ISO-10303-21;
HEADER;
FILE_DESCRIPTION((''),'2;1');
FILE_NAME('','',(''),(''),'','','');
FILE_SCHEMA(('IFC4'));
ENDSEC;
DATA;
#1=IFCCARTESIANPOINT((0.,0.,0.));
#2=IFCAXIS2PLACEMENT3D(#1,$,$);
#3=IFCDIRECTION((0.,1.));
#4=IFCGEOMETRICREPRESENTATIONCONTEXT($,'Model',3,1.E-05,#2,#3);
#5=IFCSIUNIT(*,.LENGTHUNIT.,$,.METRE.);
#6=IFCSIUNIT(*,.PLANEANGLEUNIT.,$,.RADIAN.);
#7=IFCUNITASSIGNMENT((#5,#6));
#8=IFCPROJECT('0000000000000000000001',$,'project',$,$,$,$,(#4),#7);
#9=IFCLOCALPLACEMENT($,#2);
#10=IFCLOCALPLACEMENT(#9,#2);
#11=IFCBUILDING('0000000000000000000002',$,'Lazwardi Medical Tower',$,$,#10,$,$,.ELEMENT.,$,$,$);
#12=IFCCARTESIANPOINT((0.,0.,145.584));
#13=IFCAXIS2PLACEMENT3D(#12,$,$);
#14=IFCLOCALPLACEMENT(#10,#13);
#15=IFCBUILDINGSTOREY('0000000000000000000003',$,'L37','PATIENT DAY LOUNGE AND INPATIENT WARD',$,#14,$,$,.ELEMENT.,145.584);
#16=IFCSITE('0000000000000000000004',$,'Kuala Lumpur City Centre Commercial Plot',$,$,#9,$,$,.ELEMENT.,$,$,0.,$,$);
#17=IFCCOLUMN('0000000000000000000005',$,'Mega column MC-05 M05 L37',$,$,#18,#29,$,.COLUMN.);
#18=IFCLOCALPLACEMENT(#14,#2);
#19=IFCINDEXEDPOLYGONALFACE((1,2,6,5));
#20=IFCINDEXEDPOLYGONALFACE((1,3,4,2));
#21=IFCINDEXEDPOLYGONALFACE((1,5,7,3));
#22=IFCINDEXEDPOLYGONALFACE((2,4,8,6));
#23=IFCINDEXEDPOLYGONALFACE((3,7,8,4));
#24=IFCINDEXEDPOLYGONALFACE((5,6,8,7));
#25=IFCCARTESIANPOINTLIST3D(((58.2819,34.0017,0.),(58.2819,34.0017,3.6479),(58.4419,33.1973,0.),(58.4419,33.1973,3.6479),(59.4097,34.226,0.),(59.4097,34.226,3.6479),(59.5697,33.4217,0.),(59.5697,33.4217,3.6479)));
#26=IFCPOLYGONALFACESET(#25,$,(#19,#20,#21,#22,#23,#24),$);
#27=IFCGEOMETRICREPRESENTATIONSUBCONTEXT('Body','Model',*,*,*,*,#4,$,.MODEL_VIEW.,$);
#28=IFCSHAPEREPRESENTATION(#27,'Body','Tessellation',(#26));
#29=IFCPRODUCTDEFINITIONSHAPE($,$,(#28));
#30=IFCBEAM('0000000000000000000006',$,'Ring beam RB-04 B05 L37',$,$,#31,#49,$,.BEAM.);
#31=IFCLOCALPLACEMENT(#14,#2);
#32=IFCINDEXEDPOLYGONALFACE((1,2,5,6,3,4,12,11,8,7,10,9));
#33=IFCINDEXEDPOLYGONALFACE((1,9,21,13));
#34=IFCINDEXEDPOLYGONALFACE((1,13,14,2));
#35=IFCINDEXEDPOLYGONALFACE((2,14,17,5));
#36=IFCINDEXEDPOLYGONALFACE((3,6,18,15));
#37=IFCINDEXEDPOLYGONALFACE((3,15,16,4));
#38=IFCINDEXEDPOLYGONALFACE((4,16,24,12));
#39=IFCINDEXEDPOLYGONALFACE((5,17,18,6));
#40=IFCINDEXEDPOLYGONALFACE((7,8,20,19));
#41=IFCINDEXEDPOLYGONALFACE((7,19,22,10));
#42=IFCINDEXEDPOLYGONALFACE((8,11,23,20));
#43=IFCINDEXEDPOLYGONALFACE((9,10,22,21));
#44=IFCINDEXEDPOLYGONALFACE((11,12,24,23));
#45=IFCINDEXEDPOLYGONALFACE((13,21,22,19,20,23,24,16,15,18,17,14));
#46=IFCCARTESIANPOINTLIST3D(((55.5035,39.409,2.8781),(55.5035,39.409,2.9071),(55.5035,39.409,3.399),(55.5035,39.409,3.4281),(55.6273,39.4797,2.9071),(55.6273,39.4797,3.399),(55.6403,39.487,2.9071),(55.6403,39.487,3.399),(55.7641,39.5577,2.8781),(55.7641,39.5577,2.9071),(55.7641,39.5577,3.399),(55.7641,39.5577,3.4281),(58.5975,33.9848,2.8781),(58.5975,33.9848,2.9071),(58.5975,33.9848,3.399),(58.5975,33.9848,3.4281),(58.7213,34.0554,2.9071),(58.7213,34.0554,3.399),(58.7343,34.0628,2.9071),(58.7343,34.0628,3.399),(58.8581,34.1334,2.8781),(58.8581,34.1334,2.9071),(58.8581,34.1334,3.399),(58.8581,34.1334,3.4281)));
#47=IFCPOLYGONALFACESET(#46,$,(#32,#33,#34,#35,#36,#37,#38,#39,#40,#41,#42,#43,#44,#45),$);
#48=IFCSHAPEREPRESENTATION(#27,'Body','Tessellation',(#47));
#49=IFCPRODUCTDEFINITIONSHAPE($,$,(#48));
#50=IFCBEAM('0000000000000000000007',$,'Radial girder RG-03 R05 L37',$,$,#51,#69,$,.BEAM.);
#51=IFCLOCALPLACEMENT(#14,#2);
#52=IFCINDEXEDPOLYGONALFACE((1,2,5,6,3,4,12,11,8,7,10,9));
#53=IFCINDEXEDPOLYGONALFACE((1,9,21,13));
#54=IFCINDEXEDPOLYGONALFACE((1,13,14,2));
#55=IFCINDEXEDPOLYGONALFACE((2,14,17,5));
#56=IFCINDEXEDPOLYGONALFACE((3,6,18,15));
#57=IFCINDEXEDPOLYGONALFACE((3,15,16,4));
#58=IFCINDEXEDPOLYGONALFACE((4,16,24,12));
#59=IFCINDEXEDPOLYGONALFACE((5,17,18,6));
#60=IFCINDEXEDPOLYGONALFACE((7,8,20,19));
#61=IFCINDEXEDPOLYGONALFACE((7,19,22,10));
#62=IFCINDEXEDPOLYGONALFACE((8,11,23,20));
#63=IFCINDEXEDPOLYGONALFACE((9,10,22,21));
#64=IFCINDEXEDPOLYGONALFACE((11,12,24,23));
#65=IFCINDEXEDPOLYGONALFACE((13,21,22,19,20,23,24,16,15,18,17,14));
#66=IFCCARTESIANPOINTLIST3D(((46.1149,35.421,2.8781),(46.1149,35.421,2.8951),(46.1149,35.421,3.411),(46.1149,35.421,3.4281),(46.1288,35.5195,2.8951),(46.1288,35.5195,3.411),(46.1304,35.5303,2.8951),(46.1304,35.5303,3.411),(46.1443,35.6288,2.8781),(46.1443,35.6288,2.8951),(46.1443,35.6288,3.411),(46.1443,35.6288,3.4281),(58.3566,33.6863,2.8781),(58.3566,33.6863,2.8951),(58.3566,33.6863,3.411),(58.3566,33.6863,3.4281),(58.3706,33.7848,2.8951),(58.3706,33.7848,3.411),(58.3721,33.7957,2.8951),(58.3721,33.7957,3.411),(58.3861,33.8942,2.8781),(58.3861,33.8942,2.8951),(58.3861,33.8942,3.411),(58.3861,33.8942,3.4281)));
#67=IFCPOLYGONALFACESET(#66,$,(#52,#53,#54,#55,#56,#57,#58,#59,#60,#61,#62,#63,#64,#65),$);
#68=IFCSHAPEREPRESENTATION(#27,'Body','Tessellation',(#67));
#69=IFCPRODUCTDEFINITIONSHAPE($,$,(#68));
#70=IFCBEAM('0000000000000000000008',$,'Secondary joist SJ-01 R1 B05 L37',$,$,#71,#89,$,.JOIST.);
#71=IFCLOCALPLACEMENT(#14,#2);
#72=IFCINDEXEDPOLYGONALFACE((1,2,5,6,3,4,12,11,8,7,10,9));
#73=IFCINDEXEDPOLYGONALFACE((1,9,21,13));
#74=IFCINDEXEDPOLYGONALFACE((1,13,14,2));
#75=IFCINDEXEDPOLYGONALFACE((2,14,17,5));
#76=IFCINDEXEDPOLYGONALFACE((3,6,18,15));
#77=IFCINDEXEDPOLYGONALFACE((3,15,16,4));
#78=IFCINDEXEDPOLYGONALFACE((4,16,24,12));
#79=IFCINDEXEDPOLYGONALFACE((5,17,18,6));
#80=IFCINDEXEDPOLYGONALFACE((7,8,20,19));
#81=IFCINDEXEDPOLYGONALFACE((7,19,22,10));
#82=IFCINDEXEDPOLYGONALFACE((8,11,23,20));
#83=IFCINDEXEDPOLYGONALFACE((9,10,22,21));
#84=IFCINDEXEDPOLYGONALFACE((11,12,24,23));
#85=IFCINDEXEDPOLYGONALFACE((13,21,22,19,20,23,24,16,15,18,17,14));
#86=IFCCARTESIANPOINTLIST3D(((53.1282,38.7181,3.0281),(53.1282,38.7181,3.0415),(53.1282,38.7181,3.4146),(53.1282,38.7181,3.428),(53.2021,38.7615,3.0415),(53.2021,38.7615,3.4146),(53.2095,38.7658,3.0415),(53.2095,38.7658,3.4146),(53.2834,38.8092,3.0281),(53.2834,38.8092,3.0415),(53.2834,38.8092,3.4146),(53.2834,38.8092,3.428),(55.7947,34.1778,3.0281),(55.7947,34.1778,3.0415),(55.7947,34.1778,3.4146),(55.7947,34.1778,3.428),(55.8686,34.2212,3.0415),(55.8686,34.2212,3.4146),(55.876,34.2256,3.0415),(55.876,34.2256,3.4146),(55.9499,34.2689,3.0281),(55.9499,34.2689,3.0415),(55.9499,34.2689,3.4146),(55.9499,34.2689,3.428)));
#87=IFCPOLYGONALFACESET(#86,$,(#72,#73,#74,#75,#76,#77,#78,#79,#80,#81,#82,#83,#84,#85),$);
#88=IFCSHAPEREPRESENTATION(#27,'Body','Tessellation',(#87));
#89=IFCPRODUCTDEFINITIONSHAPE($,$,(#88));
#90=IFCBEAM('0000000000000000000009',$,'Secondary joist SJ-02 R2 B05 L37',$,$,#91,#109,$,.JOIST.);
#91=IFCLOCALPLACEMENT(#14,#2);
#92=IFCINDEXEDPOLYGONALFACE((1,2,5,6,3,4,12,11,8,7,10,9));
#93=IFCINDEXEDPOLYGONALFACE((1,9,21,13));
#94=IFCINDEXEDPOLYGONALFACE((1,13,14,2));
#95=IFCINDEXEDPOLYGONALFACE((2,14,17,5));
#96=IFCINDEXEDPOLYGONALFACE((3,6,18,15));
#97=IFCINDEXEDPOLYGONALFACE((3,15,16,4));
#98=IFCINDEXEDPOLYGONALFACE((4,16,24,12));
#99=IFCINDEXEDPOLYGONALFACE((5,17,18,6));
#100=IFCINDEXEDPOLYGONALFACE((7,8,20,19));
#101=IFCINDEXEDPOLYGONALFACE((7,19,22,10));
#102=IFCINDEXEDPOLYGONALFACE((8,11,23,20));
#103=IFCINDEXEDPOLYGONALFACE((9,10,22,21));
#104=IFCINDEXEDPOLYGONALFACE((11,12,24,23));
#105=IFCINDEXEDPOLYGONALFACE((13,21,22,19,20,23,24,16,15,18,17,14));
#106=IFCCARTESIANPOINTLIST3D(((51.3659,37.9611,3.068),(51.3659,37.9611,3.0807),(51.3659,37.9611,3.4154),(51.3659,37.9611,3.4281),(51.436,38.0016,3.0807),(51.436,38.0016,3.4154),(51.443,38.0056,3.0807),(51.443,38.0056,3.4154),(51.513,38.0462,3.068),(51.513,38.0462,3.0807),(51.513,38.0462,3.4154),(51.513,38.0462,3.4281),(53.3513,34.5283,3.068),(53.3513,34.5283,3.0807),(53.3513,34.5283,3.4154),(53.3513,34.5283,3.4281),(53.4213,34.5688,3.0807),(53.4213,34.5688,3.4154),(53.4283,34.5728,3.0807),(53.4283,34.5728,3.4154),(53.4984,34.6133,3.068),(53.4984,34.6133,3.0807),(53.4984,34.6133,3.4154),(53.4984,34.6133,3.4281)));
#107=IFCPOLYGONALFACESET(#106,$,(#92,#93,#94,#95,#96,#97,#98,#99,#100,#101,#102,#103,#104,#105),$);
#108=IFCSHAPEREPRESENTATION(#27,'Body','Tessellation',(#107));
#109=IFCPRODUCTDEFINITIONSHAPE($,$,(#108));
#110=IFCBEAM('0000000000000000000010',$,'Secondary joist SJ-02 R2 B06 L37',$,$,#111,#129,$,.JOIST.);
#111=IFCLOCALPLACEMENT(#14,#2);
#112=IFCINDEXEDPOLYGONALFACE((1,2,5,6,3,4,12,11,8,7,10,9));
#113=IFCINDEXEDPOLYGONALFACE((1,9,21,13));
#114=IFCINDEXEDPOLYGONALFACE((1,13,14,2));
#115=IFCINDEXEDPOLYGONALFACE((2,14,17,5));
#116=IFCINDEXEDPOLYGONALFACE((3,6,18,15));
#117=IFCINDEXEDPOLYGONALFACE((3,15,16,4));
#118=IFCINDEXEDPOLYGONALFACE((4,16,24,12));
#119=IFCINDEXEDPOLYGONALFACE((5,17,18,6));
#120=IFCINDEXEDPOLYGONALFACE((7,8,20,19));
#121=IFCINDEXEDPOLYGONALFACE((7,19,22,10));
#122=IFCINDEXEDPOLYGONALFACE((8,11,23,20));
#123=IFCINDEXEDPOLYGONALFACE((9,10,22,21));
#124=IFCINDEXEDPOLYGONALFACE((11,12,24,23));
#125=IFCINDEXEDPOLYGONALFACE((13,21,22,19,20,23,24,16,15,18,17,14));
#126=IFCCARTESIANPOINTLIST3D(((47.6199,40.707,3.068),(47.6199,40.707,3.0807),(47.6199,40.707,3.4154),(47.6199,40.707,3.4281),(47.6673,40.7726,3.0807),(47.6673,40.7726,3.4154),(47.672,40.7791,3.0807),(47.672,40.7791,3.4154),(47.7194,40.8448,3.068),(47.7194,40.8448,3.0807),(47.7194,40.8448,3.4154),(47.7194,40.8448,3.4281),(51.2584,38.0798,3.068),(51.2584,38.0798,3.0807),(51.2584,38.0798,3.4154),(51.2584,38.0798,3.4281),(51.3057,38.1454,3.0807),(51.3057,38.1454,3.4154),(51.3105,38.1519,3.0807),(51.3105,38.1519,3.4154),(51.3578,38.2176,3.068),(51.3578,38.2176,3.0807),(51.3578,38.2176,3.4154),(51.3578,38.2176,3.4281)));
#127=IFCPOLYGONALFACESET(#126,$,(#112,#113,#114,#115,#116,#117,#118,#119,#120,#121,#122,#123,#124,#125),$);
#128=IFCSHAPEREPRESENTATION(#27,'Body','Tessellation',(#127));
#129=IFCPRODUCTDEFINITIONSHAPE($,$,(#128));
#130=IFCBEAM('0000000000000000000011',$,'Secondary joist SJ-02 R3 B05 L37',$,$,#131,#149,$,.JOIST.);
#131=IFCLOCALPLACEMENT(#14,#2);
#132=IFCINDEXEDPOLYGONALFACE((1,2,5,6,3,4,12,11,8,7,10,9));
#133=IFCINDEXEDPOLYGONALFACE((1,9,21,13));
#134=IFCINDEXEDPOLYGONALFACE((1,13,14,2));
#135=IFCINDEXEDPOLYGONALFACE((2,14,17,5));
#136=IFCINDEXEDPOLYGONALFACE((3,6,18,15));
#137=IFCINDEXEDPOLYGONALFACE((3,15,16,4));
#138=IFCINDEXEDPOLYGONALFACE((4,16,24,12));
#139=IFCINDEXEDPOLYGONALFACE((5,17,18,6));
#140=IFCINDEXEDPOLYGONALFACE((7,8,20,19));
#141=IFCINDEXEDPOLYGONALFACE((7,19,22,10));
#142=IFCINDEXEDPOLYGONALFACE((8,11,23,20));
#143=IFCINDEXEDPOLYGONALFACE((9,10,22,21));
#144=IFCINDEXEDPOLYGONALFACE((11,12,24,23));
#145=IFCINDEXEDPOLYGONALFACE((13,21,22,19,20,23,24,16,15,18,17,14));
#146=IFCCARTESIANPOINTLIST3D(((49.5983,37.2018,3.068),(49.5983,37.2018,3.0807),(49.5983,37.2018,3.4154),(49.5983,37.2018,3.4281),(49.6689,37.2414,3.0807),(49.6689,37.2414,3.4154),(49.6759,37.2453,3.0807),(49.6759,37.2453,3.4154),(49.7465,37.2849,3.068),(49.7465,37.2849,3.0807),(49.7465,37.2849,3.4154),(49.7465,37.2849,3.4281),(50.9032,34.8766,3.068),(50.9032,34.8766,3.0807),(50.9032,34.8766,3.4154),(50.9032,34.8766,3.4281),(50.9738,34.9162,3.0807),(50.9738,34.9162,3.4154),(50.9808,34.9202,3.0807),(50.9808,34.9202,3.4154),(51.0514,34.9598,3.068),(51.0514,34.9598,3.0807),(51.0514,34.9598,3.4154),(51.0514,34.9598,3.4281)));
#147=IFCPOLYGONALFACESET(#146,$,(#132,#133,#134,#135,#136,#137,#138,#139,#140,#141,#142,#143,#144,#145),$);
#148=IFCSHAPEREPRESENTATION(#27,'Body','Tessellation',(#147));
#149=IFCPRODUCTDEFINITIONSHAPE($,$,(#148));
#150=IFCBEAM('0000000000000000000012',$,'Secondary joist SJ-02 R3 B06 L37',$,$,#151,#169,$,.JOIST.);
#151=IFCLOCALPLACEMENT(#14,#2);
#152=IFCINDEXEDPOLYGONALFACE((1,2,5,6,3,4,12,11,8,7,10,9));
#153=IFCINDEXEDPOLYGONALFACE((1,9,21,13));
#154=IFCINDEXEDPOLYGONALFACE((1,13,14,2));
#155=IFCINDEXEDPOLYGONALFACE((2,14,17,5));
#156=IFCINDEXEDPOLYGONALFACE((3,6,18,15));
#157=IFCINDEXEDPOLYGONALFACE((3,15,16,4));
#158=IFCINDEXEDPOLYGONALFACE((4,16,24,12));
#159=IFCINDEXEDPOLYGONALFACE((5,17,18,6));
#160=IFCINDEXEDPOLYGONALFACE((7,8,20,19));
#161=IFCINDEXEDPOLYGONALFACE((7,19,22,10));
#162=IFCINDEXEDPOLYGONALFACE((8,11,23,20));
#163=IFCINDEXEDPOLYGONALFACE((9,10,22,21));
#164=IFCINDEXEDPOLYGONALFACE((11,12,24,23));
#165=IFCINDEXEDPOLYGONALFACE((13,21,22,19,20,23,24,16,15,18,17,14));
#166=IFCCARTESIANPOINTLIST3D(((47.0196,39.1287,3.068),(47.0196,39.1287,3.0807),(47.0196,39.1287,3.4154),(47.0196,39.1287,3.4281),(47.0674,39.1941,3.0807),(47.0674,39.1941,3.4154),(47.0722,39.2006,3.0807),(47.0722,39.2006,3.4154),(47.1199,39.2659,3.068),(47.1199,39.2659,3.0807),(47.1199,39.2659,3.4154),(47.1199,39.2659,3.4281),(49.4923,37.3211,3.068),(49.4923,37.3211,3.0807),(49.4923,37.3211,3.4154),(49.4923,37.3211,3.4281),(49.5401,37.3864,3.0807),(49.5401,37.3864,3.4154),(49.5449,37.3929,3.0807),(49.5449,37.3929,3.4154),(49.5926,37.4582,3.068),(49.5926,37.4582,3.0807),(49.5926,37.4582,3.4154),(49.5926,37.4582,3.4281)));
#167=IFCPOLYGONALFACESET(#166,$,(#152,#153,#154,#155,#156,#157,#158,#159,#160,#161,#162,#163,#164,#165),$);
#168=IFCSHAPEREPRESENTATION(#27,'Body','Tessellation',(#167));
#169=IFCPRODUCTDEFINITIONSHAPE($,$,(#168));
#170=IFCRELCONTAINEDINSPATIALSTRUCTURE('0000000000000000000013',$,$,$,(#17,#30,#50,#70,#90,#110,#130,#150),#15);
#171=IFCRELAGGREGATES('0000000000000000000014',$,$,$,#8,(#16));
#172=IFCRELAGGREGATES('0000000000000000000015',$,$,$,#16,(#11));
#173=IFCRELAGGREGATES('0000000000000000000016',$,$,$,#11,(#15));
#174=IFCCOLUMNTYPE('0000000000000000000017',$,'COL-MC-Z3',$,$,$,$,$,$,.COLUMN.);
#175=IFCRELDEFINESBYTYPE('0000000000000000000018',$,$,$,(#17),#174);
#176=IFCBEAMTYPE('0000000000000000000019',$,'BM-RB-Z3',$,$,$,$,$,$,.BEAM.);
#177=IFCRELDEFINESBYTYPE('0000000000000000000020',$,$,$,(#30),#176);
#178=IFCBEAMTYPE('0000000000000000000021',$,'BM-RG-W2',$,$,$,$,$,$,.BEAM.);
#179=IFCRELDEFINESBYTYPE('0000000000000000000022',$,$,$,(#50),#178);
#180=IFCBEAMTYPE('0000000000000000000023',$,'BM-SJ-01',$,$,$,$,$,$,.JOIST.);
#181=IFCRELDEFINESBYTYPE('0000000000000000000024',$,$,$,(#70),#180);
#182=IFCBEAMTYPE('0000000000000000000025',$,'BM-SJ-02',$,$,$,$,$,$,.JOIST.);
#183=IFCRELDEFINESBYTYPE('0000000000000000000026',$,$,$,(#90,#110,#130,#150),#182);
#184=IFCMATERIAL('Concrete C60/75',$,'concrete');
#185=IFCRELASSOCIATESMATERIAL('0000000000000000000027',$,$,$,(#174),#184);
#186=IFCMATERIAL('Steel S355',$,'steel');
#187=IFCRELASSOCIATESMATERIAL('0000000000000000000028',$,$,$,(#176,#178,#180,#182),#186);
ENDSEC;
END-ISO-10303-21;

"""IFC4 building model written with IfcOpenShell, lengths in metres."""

from ifc_helpers import new_model, si_unit, direction, frame, origin, origin_2d, place, context, subcontext, project, spatial, rectangle, i_section, extrude, material, material_profile, profile_set, type_object, element, save


model = new_model("IFC4")

# Units and contexts
model_context = context("Model", 3, precision=1e-05, world=origin(), true_north=direction((0.0, 1.0)))
body_context = subcontext(model_context, "Body", "Model", "MODEL_VIEW")
ifc_project = project(units=[si_unit("LENGTHUNIT", "METRE"), si_unit("PLANEANGLEUNIT", "RADIAN")], contexts=[model_context])

# Site, building, storey
site_placement = place(None, origin())
site = spatial("IfcSite", under=ifc_project, at=site_placement, Name="Kuala Lumpur City Centre Commercial Plot", CompositionType="ELEMENT", RefElevation=0.0)
building_placement = place(site_placement, origin())
building = spatial("IfcBuilding", under=site, at=building_placement, Name="Lazwardi Medical Tower", CompositionType="ELEMENT")
storey_placement = place(building_placement, frame((0.0, 0.0, 145.584)))
storey = spatial("IfcBuildingStorey", under=building, at=storey_placement, Name="L37", Description="PATIENT DAY LOUNGE AND INPATIENT WARD", CompositionType="ELEMENT", Elevation=145.584)

# Column
ifc_material_1 = material(Name="Concrete C60/75", Category="concrete")
ifc_material_profile_1 = material_profile(ifc_material_1, rectangle(XDim=1.1499, YDim=0.8201, at=origin_2d()), Name="CFT-RECT 1150x820")
ifc_profile_set_1 = profile_set([ifc_material_profile_1], Name="Concrete C60/75")
column_type = type_object("IfcColumnType", Name="COL-MC-Z3", PredefinedType="COLUMN", material=ifc_profile_set_1)
column_placement = place(storey_placement, frame((58.9258, 33.7117, 0.0), z_axis=(0.0, 0.0, 1.0), x_axis=(0.980785, 0.19509, 0.0)))
element("IfcColumn", 1, at=column_placement, inside=storey, type_object=column_type, Name="Mega column MC-05 M05 L37", PredefinedType="COLUMN", context=body_context, shape_type="SweptSolid", body=[
    extrude(rectangle(XDim=1.1499, YDim=0.8201, at=origin_2d()), origin(), (0.0, 0.0, 1.0), 3.6479),
])

# Beams
ifc_material_2 = material(Name="Steel S355", Category="steel")
ifc_material_profile_2 = material_profile(ifc_material_2, i_section(OverallWidth=0.3, OverallDepth=0.55, WebThickness=0.0149, FlangeThickness=0.0291, at=origin_2d()), Name="HEB 550")
ifc_profile_set_2 = profile_set([ifc_material_profile_2], Name="Steel S355")
beam_type_1 = type_object("IfcBeamType", Name="BM-RB-Z3", PredefinedType="BEAM", material=ifc_profile_set_2)
beam_1_placement = place(storey_placement, frame((58.7278, 34.0591, 3.1531), z_axis=(-0.495461, 0.86863, 0.0), x_axis=(-0.86863, -0.495461, 0.0)))
element("IfcBeam", 2, at=beam_1_placement, inside=storey, type_object=beam_type_1, Name="Ring beam RB-04 B05 L37", PredefinedType="BEAM", context=body_context, shape_type="SweptSolid", body=[
    extrude(i_section(OverallWidth=0.3, OverallDepth=0.55, WebThickness=0.0149, FlangeThickness=0.0291, at=origin_2d()), origin(), (0.0, 0.0, 1.0), 6.2446),
])
ifc_material_profile_3 = material_profile(ifc_material_2, i_section(OverallWidth=0.21, OverallDepth=0.55, WebThickness=0.011, FlangeThickness=0.0171, at=origin_2d()), Name="IPE 550")
ifc_profile_set_3 = profile_set([ifc_material_profile_3], Name="Steel S355")
beam_type_2 = type_object("IfcBeamType", Name="BM-RG-W2", PredefinedType="BEAM", material=ifc_profile_set_3)
beam_2_placement = place(storey_placement, frame((58.3713, 33.7903, 3.1531), z_axis=(-0.99011, 0.140296, 0.0), x_axis=(-0.140296, -0.99011, 0.0)))
element("IfcBeam", 3, at=beam_2_placement, inside=storey, type_object=beam_type_2, Name="Radial girder RG-03 R05 L37", PredefinedType="BEAM", context=body_context, shape_type="SweptSolid", body=[
    extrude(i_section(OverallWidth=0.21, OverallDepth=0.55, WebThickness=0.011, FlangeThickness=0.0171, at=origin_2d()), origin(), (0.0, 0.0, 1.0), 12.364),
])
ifc_material_profile_4 = material_profile(ifc_material_2, i_section(OverallWidth=0.1799, OverallDepth=0.3999, WebThickness=0.0085, FlangeThickness=0.0134, at=origin_2d()), Name="IPE 400")
ifc_profile_set_4 = profile_set([ifc_material_profile_4], Name="Steel S355")
beam_type_3 = type_object("IfcBeamType", Name="BM-SJ-01", PredefinedType="JOIST", material=ifc_profile_set_4)
beam_3_placement = place(storey_placement, frame((55.8723, 34.2234, 3.228), z_axis=(-0.50642, 0.862287, 0.0), x_axis=(-0.862287, -0.50642, 0.0)))
element("IfcBeam", 4, at=beam_3_placement, inside=storey, type_object=beam_type_3, Name="Secondary joist SJ-01 R1 B05 L37", PredefinedType="JOIST", context=body_context, shape_type="SweptSolid", body=[
    extrude(i_section(OverallWidth=0.1799, OverallDepth=0.3999, WebThickness=0.0085, FlangeThickness=0.0134, at=origin_2d()), origin(), (0.0, 0.0, 1.0), 5.2654),
])
ifc_material_profile_5 = material_profile(ifc_material_2, i_section(OverallWidth=0.1699, OverallDepth=0.3601, WebThickness=0.0081, FlangeThickness=0.0127, at=origin_2d()), Name="IPE 360")
ifc_profile_set_5 = profile_set([ifc_material_profile_5], Name="Steel S355")
beam_type_4 = type_object("IfcBeamType", Name="BM-SJ-02", PredefinedType="JOIST", material=ifc_profile_set_5)
beam_4_placement = place(storey_placement, frame((53.4248, 34.5708, 3.248), z_axis=(-0.500641, 0.865655, 0.0), x_axis=(-0.865655, -0.500641, 0.0)))
element("IfcBeam", 5, at=beam_4_placement, inside=storey, type_object=beam_type_4, Name="Secondary joist SJ-02 R2 B05 L37", PredefinedType="JOIST", context=body_context, shape_type="SweptSolid", body=[
    extrude(i_section(OverallWidth=0.1699, OverallDepth=0.3601, WebThickness=0.0081, FlangeThickness=0.0127, at=origin_2d()), origin(), (0.0, 0.0, 1.0), 3.9656),
])
beam_5_placement = place(storey_placement, frame((51.3081, 38.1487, 3.248), z_axis=(-0.810738, 0.585409, 0.0), x_axis=(-0.585409, -0.810738, 0.0)))
element("IfcBeam", 6, at=beam_5_placement, inside=storey, type_object=beam_type_4, Name="Secondary joist SJ-02 R2 B06 L37", PredefinedType="JOIST", context=body_context, shape_type="SweptSolid", body=[
    extrude(i_section(OverallWidth=0.1699, OverallDepth=0.3601, WebThickness=0.0081, FlangeThickness=0.0127, at=origin_2d()), origin(), (0.0, 0.0, 1.0), 4.4878),
])
beam_6_placement = place(storey_placement, frame((50.9773, 34.9182, 3.248), z_axis=(-0.489409, 0.872054, 0.0), x_axis=(-0.872054, -0.489409, 0.0)))
element("IfcBeam", 7, at=beam_6_placement, inside=storey, type_object=beam_type_4, Name="Secondary joist SJ-02 R3 B05 L37", PredefinedType="JOIST", context=body_context, shape_type="SweptSolid", body=[
    extrude(i_section(OverallWidth=0.1699, OverallDepth=0.3601, WebThickness=0.0081, FlangeThickness=0.0127, at=origin_2d()), origin(), (0.0, 0.0, 1.0), 2.6663),
])
beam_7_placement = place(storey_placement, frame((49.5425, 37.3896, 3.248), z_axis=(-0.807286, 0.59016, 0.0), x_axis=(-0.59016, -0.807286, 0.0)))
element("IfcBeam", 8, at=beam_7_placement, inside=storey, type_object=beam_type_4, Name="Secondary joist SJ-02 R3 B06 L37", PredefinedType="JOIST", context=body_context, shape_type="SweptSolid", body=[
    extrude(i_section(OverallWidth=0.1699, OverallDepth=0.3601, WebThickness=0.0081, FlangeThickness=0.0127, at=origin_2d()), origin(), (0.0, 0.0, 1.0), 3.063),
])

save(model, "model.ifc")
